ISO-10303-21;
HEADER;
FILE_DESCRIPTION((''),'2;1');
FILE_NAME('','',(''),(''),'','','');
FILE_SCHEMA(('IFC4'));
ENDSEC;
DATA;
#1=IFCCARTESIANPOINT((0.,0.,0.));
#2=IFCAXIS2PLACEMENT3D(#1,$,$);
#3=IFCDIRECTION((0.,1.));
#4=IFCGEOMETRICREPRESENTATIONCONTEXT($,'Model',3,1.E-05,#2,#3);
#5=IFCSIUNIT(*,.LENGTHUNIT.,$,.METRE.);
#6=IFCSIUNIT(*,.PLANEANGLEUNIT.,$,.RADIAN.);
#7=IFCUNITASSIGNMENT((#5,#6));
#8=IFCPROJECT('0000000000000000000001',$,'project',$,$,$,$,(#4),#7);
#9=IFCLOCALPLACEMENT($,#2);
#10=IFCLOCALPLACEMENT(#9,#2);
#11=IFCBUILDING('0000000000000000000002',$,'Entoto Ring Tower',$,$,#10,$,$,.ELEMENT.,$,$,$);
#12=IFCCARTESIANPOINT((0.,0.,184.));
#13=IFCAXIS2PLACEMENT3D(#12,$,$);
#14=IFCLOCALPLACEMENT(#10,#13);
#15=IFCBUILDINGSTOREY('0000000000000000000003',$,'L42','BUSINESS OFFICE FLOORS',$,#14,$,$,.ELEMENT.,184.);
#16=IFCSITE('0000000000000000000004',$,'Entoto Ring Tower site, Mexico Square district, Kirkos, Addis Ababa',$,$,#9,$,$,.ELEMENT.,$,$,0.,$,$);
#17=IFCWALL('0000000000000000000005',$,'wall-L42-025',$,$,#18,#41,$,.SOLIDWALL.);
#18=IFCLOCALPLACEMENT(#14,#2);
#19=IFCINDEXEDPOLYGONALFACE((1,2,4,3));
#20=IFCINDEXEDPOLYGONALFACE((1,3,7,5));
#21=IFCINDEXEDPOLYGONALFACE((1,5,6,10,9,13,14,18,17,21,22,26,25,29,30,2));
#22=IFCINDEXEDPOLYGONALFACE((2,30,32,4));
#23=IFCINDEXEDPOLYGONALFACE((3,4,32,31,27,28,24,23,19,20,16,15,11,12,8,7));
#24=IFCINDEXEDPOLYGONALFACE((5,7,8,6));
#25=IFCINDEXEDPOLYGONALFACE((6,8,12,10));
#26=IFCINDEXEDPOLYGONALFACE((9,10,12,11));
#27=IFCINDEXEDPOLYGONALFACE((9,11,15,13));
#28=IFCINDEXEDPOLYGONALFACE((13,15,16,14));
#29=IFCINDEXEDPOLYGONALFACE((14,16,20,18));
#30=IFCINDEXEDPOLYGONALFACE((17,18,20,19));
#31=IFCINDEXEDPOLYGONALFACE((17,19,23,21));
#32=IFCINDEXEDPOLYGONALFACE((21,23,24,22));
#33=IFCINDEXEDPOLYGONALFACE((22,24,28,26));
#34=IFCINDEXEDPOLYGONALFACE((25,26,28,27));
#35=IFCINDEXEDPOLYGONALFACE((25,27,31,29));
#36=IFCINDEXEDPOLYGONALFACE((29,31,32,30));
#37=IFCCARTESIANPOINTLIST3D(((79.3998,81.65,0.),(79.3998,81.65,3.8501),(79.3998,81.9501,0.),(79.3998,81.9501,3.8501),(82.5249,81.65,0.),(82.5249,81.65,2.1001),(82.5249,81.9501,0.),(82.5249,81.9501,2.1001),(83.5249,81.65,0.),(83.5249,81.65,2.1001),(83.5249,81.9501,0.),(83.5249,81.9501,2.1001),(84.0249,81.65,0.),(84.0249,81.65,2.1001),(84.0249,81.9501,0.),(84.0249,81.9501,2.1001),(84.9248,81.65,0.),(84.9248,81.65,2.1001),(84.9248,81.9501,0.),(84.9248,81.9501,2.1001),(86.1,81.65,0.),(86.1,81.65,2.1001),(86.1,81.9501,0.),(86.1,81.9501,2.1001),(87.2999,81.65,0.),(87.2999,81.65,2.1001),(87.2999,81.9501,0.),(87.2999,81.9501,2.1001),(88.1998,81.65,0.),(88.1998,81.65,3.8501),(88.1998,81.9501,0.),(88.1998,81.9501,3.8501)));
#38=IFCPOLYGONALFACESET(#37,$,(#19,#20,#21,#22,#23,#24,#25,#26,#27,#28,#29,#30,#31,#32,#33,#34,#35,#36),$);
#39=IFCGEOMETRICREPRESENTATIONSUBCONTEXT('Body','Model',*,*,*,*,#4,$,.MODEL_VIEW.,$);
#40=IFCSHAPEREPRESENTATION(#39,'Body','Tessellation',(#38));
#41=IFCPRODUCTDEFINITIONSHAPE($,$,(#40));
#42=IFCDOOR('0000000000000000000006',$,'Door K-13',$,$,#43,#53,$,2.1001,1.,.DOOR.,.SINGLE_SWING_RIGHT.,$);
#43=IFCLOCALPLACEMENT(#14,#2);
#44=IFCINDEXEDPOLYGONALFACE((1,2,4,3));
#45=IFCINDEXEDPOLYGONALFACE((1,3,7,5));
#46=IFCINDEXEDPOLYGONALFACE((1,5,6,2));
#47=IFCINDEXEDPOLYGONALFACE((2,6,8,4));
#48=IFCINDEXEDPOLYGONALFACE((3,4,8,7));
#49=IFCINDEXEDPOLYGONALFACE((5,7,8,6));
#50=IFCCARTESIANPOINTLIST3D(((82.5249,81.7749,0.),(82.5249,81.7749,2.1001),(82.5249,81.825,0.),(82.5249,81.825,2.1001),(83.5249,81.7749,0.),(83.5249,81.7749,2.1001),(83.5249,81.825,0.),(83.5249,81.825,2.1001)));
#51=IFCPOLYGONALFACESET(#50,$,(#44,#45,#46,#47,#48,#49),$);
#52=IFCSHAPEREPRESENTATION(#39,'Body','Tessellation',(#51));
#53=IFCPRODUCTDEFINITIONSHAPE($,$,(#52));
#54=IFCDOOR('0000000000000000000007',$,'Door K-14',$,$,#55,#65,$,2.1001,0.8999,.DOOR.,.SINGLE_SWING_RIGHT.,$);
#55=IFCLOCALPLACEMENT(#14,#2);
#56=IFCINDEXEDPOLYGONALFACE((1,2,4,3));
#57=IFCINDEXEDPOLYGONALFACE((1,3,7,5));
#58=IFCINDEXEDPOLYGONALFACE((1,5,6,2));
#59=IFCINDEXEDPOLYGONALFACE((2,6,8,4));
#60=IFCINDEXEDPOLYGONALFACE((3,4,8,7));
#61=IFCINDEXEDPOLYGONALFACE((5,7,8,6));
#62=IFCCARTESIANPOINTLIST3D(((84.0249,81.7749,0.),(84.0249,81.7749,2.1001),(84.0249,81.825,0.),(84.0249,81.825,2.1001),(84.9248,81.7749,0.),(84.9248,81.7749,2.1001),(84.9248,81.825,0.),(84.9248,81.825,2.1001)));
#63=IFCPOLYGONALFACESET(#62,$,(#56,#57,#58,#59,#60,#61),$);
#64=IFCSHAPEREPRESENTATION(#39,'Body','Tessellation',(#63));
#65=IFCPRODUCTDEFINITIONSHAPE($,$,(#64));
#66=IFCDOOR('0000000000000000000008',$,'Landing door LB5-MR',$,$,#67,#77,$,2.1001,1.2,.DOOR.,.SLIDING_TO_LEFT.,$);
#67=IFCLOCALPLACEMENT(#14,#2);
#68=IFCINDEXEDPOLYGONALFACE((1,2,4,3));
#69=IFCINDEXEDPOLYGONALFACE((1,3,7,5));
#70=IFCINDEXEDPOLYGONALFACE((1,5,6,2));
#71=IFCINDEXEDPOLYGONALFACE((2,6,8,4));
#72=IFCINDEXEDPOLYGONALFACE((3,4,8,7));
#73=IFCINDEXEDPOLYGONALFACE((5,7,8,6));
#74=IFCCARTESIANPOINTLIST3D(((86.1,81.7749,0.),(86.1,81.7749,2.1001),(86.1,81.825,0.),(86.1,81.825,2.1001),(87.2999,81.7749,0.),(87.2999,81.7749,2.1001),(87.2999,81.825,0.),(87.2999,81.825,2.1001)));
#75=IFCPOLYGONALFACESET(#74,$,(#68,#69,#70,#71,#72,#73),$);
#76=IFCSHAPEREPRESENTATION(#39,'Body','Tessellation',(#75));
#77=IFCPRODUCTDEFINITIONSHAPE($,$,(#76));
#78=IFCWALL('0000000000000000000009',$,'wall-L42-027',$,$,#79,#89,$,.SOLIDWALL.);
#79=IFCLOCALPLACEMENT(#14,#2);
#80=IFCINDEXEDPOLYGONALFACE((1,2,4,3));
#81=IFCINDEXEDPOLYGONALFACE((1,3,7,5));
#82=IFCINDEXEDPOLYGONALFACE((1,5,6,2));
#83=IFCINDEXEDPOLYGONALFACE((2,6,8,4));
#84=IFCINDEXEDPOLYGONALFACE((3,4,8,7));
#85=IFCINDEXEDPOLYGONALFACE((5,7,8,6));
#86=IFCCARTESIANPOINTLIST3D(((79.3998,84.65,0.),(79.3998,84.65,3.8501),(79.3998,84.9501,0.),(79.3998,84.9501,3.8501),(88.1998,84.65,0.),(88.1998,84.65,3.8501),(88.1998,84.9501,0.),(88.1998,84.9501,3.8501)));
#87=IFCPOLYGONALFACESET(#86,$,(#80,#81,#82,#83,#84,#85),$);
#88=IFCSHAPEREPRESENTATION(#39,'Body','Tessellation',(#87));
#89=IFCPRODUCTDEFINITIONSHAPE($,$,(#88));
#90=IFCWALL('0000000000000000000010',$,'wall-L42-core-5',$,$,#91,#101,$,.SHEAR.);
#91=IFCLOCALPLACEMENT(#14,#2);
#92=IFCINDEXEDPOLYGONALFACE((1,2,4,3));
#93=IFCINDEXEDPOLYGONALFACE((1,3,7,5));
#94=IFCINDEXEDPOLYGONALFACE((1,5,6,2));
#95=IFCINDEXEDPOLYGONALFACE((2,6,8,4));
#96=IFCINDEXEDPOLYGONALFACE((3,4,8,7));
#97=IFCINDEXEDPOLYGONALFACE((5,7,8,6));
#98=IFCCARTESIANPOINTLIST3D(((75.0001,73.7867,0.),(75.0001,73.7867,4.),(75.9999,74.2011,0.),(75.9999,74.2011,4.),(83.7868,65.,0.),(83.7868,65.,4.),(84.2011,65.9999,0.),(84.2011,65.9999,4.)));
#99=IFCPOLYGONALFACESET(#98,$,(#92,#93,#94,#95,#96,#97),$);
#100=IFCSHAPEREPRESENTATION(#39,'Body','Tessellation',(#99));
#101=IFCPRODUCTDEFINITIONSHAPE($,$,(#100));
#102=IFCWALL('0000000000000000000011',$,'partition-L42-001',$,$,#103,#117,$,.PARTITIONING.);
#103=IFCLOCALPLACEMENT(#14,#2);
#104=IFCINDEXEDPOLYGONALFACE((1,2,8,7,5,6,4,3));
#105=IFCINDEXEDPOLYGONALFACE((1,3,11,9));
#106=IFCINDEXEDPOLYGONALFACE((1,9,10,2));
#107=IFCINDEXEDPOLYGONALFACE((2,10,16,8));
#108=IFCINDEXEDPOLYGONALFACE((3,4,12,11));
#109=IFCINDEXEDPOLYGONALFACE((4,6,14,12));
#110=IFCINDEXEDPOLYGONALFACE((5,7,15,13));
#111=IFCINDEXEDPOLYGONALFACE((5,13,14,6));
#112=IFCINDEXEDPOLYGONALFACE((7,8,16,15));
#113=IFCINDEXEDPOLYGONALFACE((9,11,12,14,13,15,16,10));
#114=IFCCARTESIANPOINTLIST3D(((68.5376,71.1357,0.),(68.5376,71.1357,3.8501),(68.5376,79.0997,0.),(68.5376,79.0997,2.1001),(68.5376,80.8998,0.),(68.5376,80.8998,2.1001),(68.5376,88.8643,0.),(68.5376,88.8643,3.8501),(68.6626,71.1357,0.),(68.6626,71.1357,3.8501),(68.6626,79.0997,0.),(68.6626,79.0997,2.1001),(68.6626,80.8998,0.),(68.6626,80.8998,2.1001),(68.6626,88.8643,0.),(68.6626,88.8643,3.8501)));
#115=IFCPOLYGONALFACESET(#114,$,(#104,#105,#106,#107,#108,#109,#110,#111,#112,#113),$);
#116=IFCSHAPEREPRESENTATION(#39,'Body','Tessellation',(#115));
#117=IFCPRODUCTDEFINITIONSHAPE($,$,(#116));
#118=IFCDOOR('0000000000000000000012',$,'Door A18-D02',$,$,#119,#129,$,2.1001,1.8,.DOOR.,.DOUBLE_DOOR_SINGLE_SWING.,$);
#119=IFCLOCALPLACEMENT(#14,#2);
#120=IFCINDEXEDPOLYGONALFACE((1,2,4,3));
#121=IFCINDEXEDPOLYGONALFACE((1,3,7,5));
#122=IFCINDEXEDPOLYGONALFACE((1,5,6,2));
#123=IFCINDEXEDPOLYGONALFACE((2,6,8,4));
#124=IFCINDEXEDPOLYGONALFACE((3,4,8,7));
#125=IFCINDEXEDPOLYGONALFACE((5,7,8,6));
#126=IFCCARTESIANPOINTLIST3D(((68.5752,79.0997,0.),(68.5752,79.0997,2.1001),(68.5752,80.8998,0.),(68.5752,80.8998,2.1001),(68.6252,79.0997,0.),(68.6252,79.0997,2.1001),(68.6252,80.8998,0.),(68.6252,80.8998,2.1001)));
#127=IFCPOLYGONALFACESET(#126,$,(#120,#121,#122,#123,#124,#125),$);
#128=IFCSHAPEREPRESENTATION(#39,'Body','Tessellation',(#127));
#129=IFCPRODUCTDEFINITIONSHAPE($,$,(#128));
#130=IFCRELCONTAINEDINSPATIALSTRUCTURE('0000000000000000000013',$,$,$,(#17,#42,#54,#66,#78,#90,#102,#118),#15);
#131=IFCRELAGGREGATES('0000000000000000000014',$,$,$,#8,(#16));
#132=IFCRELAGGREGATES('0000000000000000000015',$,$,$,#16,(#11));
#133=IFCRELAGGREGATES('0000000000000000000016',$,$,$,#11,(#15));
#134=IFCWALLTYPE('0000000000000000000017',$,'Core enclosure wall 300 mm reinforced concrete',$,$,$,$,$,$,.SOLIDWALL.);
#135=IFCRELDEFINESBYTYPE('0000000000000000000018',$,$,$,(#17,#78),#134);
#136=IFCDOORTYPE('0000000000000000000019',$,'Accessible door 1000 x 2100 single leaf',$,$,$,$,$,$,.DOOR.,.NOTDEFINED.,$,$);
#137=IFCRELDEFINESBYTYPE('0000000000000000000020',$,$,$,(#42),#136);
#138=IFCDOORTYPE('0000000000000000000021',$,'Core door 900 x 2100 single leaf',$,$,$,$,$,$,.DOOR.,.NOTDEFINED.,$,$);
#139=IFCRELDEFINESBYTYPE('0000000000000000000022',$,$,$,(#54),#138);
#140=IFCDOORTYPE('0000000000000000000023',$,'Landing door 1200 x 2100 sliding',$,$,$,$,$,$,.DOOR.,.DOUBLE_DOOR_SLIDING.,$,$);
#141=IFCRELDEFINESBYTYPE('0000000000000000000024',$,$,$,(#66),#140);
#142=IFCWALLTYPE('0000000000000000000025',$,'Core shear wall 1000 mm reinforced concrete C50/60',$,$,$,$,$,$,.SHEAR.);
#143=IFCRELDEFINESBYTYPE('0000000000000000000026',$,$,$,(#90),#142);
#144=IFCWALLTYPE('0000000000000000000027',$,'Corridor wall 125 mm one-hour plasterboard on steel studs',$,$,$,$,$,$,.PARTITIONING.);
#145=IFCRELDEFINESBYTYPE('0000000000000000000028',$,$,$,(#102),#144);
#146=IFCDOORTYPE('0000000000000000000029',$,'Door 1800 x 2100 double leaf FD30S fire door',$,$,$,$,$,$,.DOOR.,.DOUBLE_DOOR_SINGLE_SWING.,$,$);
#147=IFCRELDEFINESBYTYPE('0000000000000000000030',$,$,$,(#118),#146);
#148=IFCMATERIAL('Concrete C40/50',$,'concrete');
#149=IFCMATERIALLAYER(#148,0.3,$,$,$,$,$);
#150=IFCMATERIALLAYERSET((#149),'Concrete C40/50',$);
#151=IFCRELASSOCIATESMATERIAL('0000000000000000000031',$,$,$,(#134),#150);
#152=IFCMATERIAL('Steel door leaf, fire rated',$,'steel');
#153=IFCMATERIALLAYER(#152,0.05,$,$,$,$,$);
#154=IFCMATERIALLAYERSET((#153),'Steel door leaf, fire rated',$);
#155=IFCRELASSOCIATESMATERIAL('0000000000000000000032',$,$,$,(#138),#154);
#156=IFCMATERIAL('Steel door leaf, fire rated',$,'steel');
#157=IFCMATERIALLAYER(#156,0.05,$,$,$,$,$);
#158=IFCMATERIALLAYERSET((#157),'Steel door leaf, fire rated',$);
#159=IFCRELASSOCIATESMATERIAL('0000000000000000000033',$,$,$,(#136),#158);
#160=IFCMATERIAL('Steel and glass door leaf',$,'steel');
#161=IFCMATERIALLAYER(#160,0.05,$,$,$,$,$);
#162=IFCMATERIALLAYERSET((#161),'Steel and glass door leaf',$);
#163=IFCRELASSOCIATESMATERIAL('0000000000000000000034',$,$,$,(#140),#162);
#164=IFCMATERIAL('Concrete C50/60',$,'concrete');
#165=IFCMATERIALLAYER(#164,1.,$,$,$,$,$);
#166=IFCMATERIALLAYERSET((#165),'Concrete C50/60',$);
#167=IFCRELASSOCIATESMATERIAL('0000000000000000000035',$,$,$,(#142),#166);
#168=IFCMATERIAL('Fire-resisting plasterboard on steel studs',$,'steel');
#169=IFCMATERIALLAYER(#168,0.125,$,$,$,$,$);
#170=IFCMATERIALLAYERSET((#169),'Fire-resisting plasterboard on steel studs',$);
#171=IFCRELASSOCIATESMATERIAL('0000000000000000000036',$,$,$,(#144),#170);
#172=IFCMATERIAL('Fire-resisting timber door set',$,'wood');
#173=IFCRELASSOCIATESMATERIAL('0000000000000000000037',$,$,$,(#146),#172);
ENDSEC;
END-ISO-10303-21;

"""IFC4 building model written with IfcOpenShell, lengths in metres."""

from ifc_helpers import new_model, si_unit, direction, frame, frame_2d, origin, place, context, subcontext, project, spatial, polyline, rectangle, outline, extrude, material, layer, layer_set, type_object, element, fill, save


model = new_model("IFC4")

# Units and contexts
model_context = context("Model", 3, precision=1e-05, world=origin(), true_north=direction((0.0, 1.0)))
body_context = subcontext(model_context, "Body", "Model", "MODEL_VIEW")
ifc_project = project(units=[si_unit("LENGTHUNIT", "METRE"), si_unit("PLANEANGLEUNIT", "RADIAN")], contexts=[model_context])

# Site, building, storey
site_placement = place(None, origin())
site = spatial("IfcSite", under=ifc_project, at=site_placement, Name="Entoto Ring Tower site, Mexico Square district, Kirkos, Addis Ababa", CompositionType="ELEMENT", RefElevation=0.0)
building_placement = place(site_placement, origin())
building = spatial("IfcBuilding", under=site, at=building_placement, Name="Entoto Ring Tower", CompositionType="ELEMENT")
storey_placement = place(building_placement, frame((0.0, 0.0, 184.0)))
storey = spatial("IfcBuildingStorey", under=building, at=storey_placement, Name="L42", Description="BUSINESS OFFICE FLOORS", CompositionType="ELEMENT", Elevation=184.0)

# Shared definitions
ifc_material_1 = material(Name="Concrete C40/50", Category="concrete")
ifc_layer_1 = layer(ifc_material_1, 0.3)
ifc_layer_set_1 = layer_set([ifc_layer_1], Name="Concrete C40/50")
wall_type_1 = type_object("IfcWallType", Name="Core enclosure wall 300 mm reinforced concrete", PredefinedType="SOLIDWALL", material=ifc_layer_set_1)

# Wall, openings, doors
ifc_material_2 = material(Name="Steel door leaf, fire rated", Category="steel")
ifc_layer_2 = layer(ifc_material_2, 0.05)
ifc_layer_set_2 = layer_set([ifc_layer_2], Name="Steel door leaf, fire rated")
door_type_1 = type_object("IfcDoorType", Name="Core door 900 x 2100 single leaf", OperationType="NOTDEFINED", PredefinedType="DOOR", material=ifc_layer_set_2)
wall_1_placement = place(storey_placement, frame((79.3999, 81.8, 0.0), z_axis=(0.0, 0.0, 1.0), x_axis=(1.0, 0.0, 0.0)))
wall_1 = element("IfcWall", 1, at=wall_1_placement, inside=storey, type_object=wall_type_1, Name="wall-L42-025", PredefinedType="SOLIDWALL", context=body_context, shape_type="SweptSolid", body=[
    extrude(rectangle(XDim=8.8, YDim=0.3, at=frame_2d((4.3999, 0.0))), origin(), (0.0, 0.0, 1.0), 3.8501),
])
opening_1_placement = place(wall_1_placement, frame((6.7, 0.0, 0.0)))
opening_1 = element("IfcOpeningElement", 2, at=opening_1_placement, cuts=wall_1, PredefinedType="OPENING", context=body_context, shape_type="SweptSolid", body=[
    extrude(rectangle(XDim=1.2, YDim=2.1001, at=frame_2d((0.6001, 1.05))), frame((0.0, 0.1602, 0.0), z_axis=(0.0, -1.0, 0.0), x_axis=(1.0, 0.0, 0.0)), (0.0, 0.0, 1.0), 0.3201),
])
opening_2_placement = place(wall_1_placement, frame((3.125, 0.0, 0.0)))
opening_2 = element("IfcOpeningElement", 3, at=opening_2_placement, cuts=wall_1, PredefinedType="OPENING", context=body_context, shape_type="SweptSolid", body=[
    extrude(rectangle(XDim=1.0, YDim=2.1001, at=frame_2d((0.5, 1.05))), frame((0.0, 0.1602, 0.0), z_axis=(0.0, -1.0, 0.0), x_axis=(1.0, 0.0, 0.0)), (0.0, 0.0, 1.0), 0.3201),
])
opening_3_placement = place(wall_1_placement, frame((4.625, 0.0, 0.0)))
opening_3 = element("IfcOpeningElement", 4, at=opening_3_placement, cuts=wall_1, PredefinedType="OPENING", context=body_context, shape_type="SweptSolid", body=[
    extrude(rectangle(XDim=0.8999, YDim=2.1001, at=frame_2d((0.45, 1.05))), frame((0.0, 0.1602, 0.0), z_axis=(0.0, -1.0, 0.0), x_axis=(1.0, 0.0, 0.0)), (0.0, 0.0, 1.0), 0.3201),
])
ifc_material_3 = material(Name="Steel door leaf, fire rated", Category="steel")
ifc_layer_3 = layer(ifc_material_3, 0.05)
ifc_layer_set_3 = layer_set([ifc_layer_3], Name="Steel door leaf, fire rated")
door_type_2 = type_object("IfcDoorType", Name="Accessible door 1000 x 2100 single leaf", OperationType="NOTDEFINED", PredefinedType="DOOR", material=ifc_layer_set_3)
door_1_placement = place(opening_2_placement, origin())
door_1 = element("IfcDoor", 5, at=door_1_placement, inside=storey, type_object=door_type_2, Name="Door K-13", OperationType="SINGLE_SWING_RIGHT", OverallHeight=2.1001, OverallWidth=1.0, PredefinedType="DOOR", context=body_context, shape_type="SweptSolid", body=[
    extrude(rectangle(XDim=1.0, YDim=2.1001, at=frame_2d((0.5, 1.05))), frame((0.0, 0.0249, 0.0), z_axis=(0.0, -1.0, 0.0), x_axis=(1.0, 0.0, 0.0)), (0.0, 0.0, 1.0), 0.05),
])
fill(opening_2, door_1)
door_2_placement = place(opening_3_placement, origin())
door_2 = element("IfcDoor", 6, at=door_2_placement, inside=storey, type_object=door_type_1, Name="Door K-14", OperationType="SINGLE_SWING_RIGHT", OverallHeight=2.1001, OverallWidth=0.8999, PredefinedType="DOOR", context=body_context, shape_type="SweptSolid", body=[
    extrude(rectangle(XDim=0.8999, YDim=2.1001, at=frame_2d((0.45, 1.05))), frame((0.0, 0.0249, 0.0), z_axis=(0.0, -1.0, 0.0), x_axis=(1.0, 0.0, 0.0)), (0.0, 0.0, 1.0), 0.05),
])
fill(opening_3, door_2)
ifc_material_4 = material(Name="Steel and glass door leaf", Category="steel")
ifc_layer_4 = layer(ifc_material_4, 0.05)
ifc_layer_set_4 = layer_set([ifc_layer_4], Name="Steel and glass door leaf")
door_type_3 = type_object("IfcDoorType", Name="Landing door 1200 x 2100 sliding", OperationType="DOUBLE_DOOR_SLIDING", PredefinedType="DOOR", material=ifc_layer_set_4)
door_3_placement = place(opening_1_placement, origin())
door_3 = element("IfcDoor", 7, at=door_3_placement, inside=storey, type_object=door_type_3, Name="Landing door LB5-MR", OperationType="SLIDING_TO_LEFT", OverallHeight=2.1001, OverallWidth=1.2, PredefinedType="DOOR", context=body_context, shape_type="SweptSolid", body=[
    extrude(rectangle(XDim=1.2, YDim=2.1001, at=frame_2d((0.6001, 1.05))), frame((0.0, 0.0249, 0.0), z_axis=(0.0, -1.0, 0.0), x_axis=(1.0, 0.0, 0.0)), (0.0, 0.0, 1.0), 0.05),
])
fill(opening_1, door_3)

# Walls
wall_2_placement = place(storey_placement, frame((79.3999, 84.8, 0.0), z_axis=(0.0, 0.0, 1.0), x_axis=(1.0, 0.0, 0.0)))
element("IfcWall", 8, at=wall_2_placement, inside=storey, type_object=wall_type_1, Name="wall-L42-027", PredefinedType="SOLIDWALL", context=body_context, shape_type="SweptSolid", body=[
    extrude(rectangle(XDim=8.8, YDim=0.3, at=frame_2d((4.3999, 0.0))), origin(), (0.0, 0.0, 1.0), 3.8501),
])
ifc_material_5 = material(Name="Concrete C50/60", Category="concrete")
ifc_layer_5 = layer(ifc_material_5, 1.0)
ifc_layer_set_5 = layer_set([ifc_layer_5], Name="Concrete C50/60")
wall_type_2 = type_object("IfcWallType", Name="Core shear wall 1000 mm reinforced concrete C50/60", PredefinedType="SHEAR", material=ifc_layer_set_5)
wall_3_placement = place(storey_placement, frame((75.5, 73.9939, 0.0), z_axis=(0.0, 0.0, 1.0), x_axis=(0.707107, -0.707107, 0.0)))
element("IfcWall", 9, at=wall_3_placement, inside=storey, type_object=wall_type_2, Name="wall-L42-core-5", PredefinedType="SHEAR", context=body_context, shape_type="SweptSolid", body=[
    extrude(outline(polyline([(-0.207, -0.5), (12.2192, -0.5), (11.8052, 0.5), (0.207, 0.5), (-0.207, -0.5)])), origin(), (0.0, 0.0, 1.0), 4.0),
])

# Wall, opening, door
ifc_material_6 = material(Name="Fire-resisting plasterboard on steel studs", Category="steel")
ifc_layer_6 = layer(ifc_material_6, 0.125)
ifc_layer_set_6 = layer_set([ifc_layer_6], Name="Fire-resisting plasterboard on steel studs")
wall_type_3 = type_object("IfcWallType", Name="Corridor wall 125 mm one-hour plasterboard on steel studs", PredefinedType="PARTITIONING", material=ifc_layer_set_6)
wall_4_placement = place(storey_placement, frame((68.6001, 71.1357, 0.0), z_axis=(0.0, 0.0, 1.0), x_axis=(0.0, 1.0, 0.0)))
wall_4 = element("IfcWall", 10, at=wall_4_placement, inside=storey, type_object=wall_type_3, Name="partition-L42-001", PredefinedType="PARTITIONING", context=body_context, shape_type="SweptSolid", body=[
    extrude(rectangle(XDim=17.7285, YDim=0.125, at=frame_2d((8.8643, 0.0))), origin(), (0.0, 0.0, 1.0), 3.8501),
])
opening_4_placement = place(wall_4_placement, frame((7.9641, 0.0, 0.0)))
opening_4 = element("IfcOpeningElement", 11, at=opening_4_placement, cuts=wall_4, PredefinedType="OPENING", context=body_context, shape_type="SweptSolid", body=[
    extrude(rectangle(XDim=1.8, YDim=2.1001, at=frame_2d((0.8999, 1.05))), frame((0.0, 0.0725, 0.0), z_axis=(0.0, -1.0, 0.0), x_axis=(1.0, 0.0, 0.0)), (0.0, 0.0, 1.0), 0.145),
])
ifc_material_7 = material(Name="Fire-resisting timber door set", Category="wood")
door_type_4 = type_object("IfcDoorType", Name="Door 1800 x 2100 double leaf FD30S fire door", OperationType="DOUBLE_DOOR_SINGLE_SWING", PredefinedType="DOOR", material=ifc_material_7)
door_4_placement = place(opening_4_placement, origin())
door_4 = element("IfcDoor", 12, at=door_4_placement, inside=storey, type_object=door_type_4, Name="Door A18-D02", OperationType="DOUBLE_DOOR_SINGLE_SWING", OverallHeight=2.1001, OverallWidth=1.8, PredefinedType="DOOR", context=body_context, shape_type="SweptSolid", body=[
    extrude(rectangle(XDim=1.8, YDim=2.1001, at=frame_2d((0.8999, 1.05))), frame((0.0, 0.0249, 0.0), z_axis=(0.0, -1.0, 0.0), x_axis=(1.0, 0.0, 0.0)), (0.0, 0.0, 1.0), 0.05),
])
fill(opening_4, door_4)

save(model, "model.ifc")
